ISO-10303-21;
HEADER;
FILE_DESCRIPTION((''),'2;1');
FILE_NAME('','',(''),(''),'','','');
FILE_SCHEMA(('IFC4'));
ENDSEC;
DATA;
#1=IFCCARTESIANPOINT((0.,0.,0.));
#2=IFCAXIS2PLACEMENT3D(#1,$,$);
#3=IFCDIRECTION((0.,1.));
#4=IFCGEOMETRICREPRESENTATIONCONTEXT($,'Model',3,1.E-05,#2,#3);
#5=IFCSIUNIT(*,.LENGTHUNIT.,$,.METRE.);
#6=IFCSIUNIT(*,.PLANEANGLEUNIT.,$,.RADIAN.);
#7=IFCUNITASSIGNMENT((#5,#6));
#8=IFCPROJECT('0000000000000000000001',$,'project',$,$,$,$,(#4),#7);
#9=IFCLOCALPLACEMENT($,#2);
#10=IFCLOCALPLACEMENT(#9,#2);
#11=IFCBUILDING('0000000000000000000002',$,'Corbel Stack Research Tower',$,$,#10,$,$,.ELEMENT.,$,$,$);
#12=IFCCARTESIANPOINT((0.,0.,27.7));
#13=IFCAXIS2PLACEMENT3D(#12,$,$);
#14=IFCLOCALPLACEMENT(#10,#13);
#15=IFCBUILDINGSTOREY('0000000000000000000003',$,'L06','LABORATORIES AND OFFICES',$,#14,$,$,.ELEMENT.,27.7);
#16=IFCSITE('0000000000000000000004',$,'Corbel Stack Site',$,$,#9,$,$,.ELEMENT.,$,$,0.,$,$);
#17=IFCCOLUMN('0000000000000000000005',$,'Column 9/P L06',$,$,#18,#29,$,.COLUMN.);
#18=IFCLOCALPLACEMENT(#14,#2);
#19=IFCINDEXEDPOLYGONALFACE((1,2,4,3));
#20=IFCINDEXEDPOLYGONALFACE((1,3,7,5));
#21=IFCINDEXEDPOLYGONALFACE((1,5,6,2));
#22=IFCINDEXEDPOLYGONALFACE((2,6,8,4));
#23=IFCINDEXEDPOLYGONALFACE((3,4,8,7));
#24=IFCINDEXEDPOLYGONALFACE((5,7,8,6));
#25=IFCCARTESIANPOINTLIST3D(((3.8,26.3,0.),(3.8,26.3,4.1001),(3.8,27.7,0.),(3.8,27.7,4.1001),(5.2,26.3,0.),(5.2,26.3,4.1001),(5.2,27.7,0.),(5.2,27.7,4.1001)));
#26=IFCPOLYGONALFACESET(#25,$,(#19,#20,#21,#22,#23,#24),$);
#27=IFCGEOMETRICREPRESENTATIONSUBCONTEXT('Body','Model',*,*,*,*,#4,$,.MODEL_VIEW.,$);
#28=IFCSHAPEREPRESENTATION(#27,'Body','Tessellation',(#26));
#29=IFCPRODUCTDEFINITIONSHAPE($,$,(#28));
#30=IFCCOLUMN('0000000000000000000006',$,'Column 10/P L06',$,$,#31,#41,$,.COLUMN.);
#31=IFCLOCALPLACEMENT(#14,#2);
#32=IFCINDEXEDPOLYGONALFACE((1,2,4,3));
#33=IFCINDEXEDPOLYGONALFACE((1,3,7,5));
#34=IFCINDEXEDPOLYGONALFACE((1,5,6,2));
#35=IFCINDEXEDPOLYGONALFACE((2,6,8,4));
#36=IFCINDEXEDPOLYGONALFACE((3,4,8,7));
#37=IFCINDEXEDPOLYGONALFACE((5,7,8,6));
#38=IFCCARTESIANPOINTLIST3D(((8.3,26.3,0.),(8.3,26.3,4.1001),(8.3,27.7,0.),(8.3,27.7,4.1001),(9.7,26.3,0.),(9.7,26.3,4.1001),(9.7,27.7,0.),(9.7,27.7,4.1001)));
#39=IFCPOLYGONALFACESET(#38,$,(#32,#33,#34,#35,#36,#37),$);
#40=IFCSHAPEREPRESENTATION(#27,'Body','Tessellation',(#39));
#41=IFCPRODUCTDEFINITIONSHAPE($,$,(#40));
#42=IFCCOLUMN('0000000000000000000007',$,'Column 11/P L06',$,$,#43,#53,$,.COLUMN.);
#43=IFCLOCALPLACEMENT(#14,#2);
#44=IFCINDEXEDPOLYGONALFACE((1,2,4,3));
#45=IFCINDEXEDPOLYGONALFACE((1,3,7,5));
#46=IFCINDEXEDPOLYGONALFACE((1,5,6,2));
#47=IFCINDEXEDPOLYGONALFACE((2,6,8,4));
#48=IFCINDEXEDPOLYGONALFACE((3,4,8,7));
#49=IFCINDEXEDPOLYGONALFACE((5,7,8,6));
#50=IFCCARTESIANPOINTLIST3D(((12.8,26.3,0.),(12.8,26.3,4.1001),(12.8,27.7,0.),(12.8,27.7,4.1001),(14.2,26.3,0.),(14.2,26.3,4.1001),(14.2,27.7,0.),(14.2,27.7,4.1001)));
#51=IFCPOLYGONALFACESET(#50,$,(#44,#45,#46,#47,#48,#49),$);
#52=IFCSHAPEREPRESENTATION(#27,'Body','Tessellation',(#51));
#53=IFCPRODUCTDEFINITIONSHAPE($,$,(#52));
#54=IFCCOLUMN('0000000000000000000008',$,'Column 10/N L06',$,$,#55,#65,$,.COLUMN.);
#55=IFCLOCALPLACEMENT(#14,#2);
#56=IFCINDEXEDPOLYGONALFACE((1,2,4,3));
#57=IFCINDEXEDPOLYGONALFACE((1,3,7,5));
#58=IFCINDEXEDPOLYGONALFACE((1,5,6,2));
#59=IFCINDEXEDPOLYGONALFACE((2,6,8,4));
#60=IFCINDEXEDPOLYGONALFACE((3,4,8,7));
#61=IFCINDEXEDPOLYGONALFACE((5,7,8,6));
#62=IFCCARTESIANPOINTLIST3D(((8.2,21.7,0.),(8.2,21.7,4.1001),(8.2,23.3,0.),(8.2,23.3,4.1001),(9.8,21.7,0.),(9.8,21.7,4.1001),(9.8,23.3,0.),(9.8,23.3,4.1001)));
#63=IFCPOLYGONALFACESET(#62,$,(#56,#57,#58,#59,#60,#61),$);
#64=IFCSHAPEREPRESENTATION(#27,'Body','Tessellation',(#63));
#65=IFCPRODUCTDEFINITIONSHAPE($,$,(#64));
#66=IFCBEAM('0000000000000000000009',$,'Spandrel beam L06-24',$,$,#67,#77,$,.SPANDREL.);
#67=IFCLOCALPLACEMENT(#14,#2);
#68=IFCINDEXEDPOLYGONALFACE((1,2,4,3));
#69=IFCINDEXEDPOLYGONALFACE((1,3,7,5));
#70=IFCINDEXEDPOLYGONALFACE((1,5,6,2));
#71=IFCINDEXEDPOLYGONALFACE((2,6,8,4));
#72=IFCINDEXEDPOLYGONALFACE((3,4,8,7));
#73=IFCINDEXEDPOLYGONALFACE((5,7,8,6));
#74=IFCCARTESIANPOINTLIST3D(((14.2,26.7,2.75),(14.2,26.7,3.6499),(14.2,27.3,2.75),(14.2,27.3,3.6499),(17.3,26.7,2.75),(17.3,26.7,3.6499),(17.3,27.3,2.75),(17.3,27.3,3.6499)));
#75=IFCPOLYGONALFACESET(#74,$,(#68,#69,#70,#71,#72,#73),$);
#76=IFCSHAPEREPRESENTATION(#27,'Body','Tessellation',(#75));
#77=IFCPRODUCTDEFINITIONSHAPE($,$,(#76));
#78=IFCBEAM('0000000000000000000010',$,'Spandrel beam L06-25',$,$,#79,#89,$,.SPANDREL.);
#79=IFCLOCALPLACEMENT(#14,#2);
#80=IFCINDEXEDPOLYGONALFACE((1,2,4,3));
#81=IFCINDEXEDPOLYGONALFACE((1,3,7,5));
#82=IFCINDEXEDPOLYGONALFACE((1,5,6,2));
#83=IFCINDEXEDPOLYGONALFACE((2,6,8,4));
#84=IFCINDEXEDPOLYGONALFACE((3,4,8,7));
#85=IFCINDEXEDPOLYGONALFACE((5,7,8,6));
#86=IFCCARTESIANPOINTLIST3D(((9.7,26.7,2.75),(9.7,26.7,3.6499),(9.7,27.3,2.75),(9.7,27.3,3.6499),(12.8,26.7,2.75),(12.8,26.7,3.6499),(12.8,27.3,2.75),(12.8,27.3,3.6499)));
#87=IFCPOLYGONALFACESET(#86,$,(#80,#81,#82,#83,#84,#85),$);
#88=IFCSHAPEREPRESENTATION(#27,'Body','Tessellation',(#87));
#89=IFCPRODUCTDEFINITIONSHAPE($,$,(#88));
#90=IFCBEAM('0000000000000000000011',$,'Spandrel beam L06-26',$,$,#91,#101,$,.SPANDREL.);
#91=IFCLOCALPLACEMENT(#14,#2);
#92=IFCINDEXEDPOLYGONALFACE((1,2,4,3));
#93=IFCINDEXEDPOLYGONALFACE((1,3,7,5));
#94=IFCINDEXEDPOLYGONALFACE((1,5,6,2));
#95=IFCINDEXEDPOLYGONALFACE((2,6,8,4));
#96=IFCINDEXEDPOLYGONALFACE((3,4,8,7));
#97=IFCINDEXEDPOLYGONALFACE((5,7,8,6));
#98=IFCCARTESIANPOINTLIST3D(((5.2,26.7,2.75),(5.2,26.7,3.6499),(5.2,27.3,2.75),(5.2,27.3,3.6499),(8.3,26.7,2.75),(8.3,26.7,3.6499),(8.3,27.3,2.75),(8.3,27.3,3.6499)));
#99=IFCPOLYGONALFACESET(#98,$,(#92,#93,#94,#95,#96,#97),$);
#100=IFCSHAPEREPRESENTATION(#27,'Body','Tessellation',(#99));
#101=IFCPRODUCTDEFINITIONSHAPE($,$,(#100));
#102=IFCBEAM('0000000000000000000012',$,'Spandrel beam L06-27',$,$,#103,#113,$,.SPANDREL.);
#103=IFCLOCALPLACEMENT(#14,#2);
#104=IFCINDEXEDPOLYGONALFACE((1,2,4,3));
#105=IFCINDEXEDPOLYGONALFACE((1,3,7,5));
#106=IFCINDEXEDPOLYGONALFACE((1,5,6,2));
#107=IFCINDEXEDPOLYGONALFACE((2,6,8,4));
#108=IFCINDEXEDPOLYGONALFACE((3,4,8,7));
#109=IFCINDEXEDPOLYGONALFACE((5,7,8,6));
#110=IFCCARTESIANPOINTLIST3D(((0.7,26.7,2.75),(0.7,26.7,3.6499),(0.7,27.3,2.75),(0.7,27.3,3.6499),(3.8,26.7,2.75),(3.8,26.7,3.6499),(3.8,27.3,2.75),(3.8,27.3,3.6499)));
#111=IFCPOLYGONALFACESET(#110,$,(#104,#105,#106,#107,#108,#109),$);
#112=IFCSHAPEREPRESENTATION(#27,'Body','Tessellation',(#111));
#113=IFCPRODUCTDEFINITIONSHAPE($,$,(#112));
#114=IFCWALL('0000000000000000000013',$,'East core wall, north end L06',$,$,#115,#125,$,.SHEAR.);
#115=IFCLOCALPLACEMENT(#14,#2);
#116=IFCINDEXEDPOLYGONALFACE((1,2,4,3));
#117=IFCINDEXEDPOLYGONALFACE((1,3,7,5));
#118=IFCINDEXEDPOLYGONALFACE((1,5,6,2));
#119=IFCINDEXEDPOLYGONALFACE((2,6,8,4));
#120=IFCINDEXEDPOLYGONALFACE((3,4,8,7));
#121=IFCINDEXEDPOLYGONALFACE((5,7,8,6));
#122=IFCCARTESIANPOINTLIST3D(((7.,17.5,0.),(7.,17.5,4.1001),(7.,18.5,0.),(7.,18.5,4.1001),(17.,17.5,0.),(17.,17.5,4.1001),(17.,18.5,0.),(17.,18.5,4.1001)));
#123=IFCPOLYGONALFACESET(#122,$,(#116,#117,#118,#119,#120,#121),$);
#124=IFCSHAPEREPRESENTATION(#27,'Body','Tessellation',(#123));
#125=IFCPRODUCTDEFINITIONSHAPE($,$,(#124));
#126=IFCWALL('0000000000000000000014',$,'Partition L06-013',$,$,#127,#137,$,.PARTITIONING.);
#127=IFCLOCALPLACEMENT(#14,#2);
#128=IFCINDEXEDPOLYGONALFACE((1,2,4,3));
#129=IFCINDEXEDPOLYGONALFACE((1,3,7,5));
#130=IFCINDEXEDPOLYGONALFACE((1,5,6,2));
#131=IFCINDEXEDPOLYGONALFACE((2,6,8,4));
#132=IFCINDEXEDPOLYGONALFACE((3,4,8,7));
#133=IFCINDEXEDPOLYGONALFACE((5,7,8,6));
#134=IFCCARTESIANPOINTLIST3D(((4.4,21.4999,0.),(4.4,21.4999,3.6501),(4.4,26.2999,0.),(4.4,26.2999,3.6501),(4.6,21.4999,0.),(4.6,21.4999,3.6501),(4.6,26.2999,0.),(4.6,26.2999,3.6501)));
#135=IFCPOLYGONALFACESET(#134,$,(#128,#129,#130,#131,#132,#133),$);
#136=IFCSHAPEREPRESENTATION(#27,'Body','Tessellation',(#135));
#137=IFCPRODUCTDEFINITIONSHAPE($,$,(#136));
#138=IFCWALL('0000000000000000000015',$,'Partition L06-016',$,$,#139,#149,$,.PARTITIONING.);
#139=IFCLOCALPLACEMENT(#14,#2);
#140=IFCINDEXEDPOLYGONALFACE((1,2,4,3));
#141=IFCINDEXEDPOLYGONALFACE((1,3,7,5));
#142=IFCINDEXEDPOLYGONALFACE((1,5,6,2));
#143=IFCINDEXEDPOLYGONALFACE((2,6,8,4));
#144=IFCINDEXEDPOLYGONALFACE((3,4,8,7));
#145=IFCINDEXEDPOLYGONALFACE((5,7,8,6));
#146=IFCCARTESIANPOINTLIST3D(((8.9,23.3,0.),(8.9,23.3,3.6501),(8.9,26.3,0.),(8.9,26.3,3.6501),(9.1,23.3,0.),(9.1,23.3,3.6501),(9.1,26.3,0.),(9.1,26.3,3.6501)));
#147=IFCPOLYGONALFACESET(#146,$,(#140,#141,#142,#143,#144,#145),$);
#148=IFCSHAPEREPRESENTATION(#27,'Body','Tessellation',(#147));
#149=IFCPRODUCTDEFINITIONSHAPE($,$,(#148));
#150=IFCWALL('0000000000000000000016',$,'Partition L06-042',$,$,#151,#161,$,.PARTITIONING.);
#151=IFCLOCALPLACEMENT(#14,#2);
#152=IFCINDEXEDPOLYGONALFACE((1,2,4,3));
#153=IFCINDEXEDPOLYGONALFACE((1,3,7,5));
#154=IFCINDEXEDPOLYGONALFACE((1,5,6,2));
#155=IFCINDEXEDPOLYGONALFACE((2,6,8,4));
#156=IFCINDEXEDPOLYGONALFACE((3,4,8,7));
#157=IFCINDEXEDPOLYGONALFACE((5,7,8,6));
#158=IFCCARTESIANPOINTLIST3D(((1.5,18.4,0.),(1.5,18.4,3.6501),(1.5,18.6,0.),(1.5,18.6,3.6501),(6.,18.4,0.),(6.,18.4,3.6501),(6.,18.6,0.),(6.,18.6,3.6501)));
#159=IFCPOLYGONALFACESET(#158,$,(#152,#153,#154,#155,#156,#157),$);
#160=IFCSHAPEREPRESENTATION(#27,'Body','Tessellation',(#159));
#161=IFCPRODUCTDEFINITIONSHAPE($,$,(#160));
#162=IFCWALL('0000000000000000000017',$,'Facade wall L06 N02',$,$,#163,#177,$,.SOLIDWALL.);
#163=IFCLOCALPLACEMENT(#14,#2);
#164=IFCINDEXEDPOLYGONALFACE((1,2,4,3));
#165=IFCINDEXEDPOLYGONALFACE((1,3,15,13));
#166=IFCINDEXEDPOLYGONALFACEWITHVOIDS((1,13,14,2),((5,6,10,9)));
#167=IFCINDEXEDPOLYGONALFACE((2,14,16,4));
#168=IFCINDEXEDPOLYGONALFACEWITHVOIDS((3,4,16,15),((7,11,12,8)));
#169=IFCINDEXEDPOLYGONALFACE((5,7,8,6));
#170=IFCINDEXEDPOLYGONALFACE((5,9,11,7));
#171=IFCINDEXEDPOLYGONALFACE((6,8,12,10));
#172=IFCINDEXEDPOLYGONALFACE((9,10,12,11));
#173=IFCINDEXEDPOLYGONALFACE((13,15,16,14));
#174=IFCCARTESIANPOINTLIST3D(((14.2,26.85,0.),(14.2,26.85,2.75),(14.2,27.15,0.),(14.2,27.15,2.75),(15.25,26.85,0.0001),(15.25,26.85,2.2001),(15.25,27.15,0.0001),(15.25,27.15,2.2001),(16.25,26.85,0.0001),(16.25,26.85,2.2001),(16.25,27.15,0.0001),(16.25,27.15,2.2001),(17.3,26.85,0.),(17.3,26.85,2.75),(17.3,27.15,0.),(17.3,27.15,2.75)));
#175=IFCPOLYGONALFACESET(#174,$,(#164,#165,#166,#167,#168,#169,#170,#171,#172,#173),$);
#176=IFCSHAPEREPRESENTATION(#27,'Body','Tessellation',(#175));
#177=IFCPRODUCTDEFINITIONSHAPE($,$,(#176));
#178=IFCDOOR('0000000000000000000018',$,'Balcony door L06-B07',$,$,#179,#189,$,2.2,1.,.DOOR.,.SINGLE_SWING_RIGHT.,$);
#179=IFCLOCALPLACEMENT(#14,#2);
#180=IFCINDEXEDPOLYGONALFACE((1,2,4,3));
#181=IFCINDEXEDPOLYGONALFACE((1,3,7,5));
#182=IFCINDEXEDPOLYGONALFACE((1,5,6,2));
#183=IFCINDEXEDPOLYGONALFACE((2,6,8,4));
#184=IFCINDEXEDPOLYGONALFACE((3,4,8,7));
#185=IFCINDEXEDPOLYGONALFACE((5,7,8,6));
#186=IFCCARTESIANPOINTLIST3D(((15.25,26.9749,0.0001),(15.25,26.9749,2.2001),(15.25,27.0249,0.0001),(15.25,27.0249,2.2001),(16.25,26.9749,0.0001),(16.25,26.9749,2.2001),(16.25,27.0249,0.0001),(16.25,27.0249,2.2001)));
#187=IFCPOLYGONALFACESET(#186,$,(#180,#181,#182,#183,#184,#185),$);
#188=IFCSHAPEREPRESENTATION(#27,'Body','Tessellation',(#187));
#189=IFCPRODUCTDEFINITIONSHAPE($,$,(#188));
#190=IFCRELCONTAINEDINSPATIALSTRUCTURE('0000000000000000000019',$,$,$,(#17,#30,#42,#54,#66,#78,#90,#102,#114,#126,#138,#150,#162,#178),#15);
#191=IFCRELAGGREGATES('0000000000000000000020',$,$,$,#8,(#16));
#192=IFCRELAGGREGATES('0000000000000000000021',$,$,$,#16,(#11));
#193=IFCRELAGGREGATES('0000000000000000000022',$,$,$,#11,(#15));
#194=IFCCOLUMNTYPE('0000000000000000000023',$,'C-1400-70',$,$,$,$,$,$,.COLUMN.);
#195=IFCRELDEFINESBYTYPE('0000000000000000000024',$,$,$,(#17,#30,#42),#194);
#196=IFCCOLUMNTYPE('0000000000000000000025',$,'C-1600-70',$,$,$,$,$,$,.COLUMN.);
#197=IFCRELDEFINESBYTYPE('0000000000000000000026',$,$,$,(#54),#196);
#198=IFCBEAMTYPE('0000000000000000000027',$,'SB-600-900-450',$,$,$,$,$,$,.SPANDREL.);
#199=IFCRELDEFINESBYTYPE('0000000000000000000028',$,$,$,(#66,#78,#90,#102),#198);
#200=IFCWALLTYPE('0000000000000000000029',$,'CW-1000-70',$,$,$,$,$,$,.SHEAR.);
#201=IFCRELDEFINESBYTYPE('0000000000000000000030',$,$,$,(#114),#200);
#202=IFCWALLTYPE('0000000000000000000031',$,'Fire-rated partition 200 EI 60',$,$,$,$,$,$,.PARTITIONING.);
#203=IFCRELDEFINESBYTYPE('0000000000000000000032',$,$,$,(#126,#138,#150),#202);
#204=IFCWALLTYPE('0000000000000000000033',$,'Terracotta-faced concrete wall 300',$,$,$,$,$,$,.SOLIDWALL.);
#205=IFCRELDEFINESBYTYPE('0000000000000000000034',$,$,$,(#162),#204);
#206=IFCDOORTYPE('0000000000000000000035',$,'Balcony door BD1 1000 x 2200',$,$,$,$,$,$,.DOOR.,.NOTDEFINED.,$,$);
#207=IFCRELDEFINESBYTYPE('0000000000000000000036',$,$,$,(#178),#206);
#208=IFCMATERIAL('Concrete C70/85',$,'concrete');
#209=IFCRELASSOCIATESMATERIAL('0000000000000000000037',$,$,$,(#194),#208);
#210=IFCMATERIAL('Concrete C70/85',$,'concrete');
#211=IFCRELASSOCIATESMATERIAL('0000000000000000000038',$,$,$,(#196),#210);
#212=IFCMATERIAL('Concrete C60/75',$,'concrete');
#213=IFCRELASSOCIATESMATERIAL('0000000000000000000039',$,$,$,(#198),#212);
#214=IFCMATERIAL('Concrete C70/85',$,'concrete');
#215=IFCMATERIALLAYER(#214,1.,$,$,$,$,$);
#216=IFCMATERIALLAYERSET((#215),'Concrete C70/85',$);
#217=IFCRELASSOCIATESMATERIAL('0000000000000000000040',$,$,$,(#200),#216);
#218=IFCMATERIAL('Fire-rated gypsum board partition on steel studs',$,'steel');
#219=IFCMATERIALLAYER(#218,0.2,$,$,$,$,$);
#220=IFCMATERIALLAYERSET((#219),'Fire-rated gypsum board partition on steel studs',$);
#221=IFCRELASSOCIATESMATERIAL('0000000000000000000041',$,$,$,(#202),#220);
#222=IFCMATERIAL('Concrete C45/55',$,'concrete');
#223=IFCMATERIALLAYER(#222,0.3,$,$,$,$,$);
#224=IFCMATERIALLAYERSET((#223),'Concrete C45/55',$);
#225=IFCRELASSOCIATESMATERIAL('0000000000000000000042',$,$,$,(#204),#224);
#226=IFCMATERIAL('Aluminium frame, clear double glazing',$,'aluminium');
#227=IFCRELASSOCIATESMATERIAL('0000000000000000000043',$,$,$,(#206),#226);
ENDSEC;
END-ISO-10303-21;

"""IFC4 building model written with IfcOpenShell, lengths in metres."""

from ifc_helpers import new_model, si_unit, direction, frame, frame_2d, origin, origin_2d, place, context, subcontext, project, spatial, rectangle, extrude, material, layer, layer_set, material_profile, profile_set, type_object, element, fill, save


model = new_model("IFC4")

# Units and contexts
model_context = context("Model", 3, precision=1e-05, world=origin(), true_north=direction((0.0, 1.0)))
body_context = subcontext(model_context, "Body", "Model", "MODEL_VIEW")
ifc_project = project(units=[si_unit("LENGTHUNIT", "METRE"), si_unit("PLANEANGLEUNIT", "RADIAN")], contexts=[model_context])

# Site, building, storey
site_placement = place(None, origin())
site = spatial("IfcSite", under=ifc_project, at=site_placement, Name="Corbel Stack Site", CompositionType="ELEMENT", RefElevation=0.0)
building_placement = place(site_placement, origin())
building = spatial("IfcBuilding", under=site, at=building_placement, Name="Corbel Stack Research Tower", CompositionType="ELEMENT")
storey_placement = place(building_placement, frame((0.0, 0.0, 27.7)))
storey = spatial("IfcBuildingStorey", under=building, at=storey_placement, Name="L06", Description="LABORATORIES AND OFFICES", CompositionType="ELEMENT", Elevation=27.7)

# Columns
ifc_material_1 = material(Name="Concrete C70/85", Category="concrete")
ifc_material_profile_1 = material_profile(ifc_material_1, rectangle(XDim=1.3999, YDim=1.3999, at=origin_2d()), Name="RC 1400 x 1400")
ifc_profile_set_1 = profile_set([ifc_material_profile_1], Name="Concrete C70/85")
column_type_1 = type_object("IfcColumnType", Name="C-1400-70", PredefinedType="COLUMN", material=ifc_profile_set_1)
for number, where, z_axis, x_axis, name in (
    (1, (4.5, 27.0, 0.0), (0.0, 0.0, 1.0), (1.0, 0.0, 0.0), "Column 9/P L06"),
    (2, (9.0, 27.0, 0.0), (0.0, 0.0, 1.0), (1.0, 0.0, 0.0), "Column 10/P L06"),
    (3, (13.5, 27.0, 0.0), (0.0, 0.0, 1.0), (1.0, 0.0, 0.0), "Column 11/P L06"),
):
    element("IfcColumn", number, at=place(storey_placement, frame(where, z_axis=z_axis, x_axis=x_axis)), inside=storey, type_object=column_type_1, Name=name, PredefinedType="COLUMN", context=body_context, shape_type="SweptSolid", body=[
        extrude(rectangle(XDim=1.3999, YDim=1.3999, at=origin_2d()), origin(), (0.0, 0.0, 1.0), 4.1001),
    ])
ifc_material_2 = material(Name="Concrete C70/85", Category="concrete")
ifc_material_profile_2 = material_profile(ifc_material_2, rectangle(XDim=1.6001, YDim=1.6001, at=origin_2d()), Name="RC 1600 x 1600")
ifc_profile_set_2 = profile_set([ifc_material_profile_2], Name="Concrete C70/85")
column_type_2 = type_object("IfcColumnType", Name="C-1600-70", PredefinedType="COLUMN", material=ifc_profile_set_2)
column_placement = place(storey_placement, frame((9.0, 22.5, 0.0), z_axis=(0.0, 0.0, 1.0), x_axis=(1.0, 0.0, 0.0)))
element("IfcColumn", 4, at=column_placement, inside=storey, type_object=column_type_2, Name="Column 10/N L06", PredefinedType="COLUMN", context=body_context, shape_type="SweptSolid", body=[
    extrude(rectangle(XDim=1.6001, YDim=1.6001, at=origin_2d()), origin(), (0.0, 0.0, 1.0), 4.1001),
])

# Beams
ifc_material_3 = material(Name="Concrete C60/75", Category="concrete")
ifc_material_profile_3 = material_profile(ifc_material_3, rectangle(XDim=0.6001, YDim=0.8999, at=origin_2d()), Name="RC 600 x 900")
ifc_profile_set_3 = profile_set([ifc_material_profile_3], Name="Concrete C60/75")
beam_type = type_object("IfcBeamType", Name="SB-600-900-450", PredefinedType="SPANDREL", material=ifc_profile_set_3)
for number, where, z_axis, x_axis, name in (
    (5, (17.3, 27.0, 3.2), (-1.0, 0.0, 0.0), (0.0, -1.0, 0.0), "Spandrel beam L06-24"),
    (6, (12.8, 27.0, 3.2), (-1.0, 0.0, 0.0), (0.0, -1.0, 0.0), "Spandrel beam L06-25"),
    (7, (8.3, 27.0, 3.2), (-1.0, 0.0, 0.0), (0.0, -1.0, 0.0), "Spandrel beam L06-26"),
    (8, (3.8, 27.0, 3.2), (-1.0, 0.0, 0.0), (0.0, -1.0, 0.0), "Spandrel beam L06-27"),
):
    element("IfcBeam", number, at=place(storey_placement, frame(where, z_axis=z_axis, x_axis=x_axis)), inside=storey, type_object=beam_type, Name=name, PredefinedType="SPANDREL", context=body_context, shape_type="SweptSolid", body=[
        extrude(rectangle(XDim=0.6001, YDim=0.8999, at=origin_2d()), origin(), (0.0, 0.0, 1.0), 3.1001),
    ])

# Walls
ifc_material_4 = material(Name="Concrete C70/85", Category="concrete")
ifc_layer_1 = layer(ifc_material_4, 1.0)
ifc_layer_set_1 = layer_set([ifc_layer_1], Name="Concrete C70/85")
wall_type_1 = type_object("IfcWallType", Name="CW-1000-70", PredefinedType="SHEAR", material=ifc_layer_set_1)
wall_1_placement = place(storey_placement, frame((7.0, 18.0, 0.0), z_axis=(0.0, 0.0, 1.0), x_axis=(1.0, 0.0, 0.0)))
element("IfcWall", 9, at=wall_1_placement, inside=storey, type_object=wall_type_1, Name="East core wall, north end L06", PredefinedType="SHEAR", context=body_context, shape_type="SweptSolid", body=[
    extrude(rectangle(XDim=10.0, YDim=1.0, at=frame_2d((5.0, 0.0))), origin(), (0.0, 0.0, 1.0), 4.1001),
])
ifc_material_5 = material(Name="Fire-rated gypsum board partition on steel studs", Category="steel")
ifc_layer_2 = layer(ifc_material_5, 0.2)
ifc_layer_set_2 = layer_set([ifc_layer_2], Name="Fire-rated gypsum board partition on steel studs")
wall_type_2 = type_object("IfcWallType", Name="Fire-rated partition 200 EI 60", PredefinedType="PARTITIONING", material=ifc_layer_set_2)
wall_2_placement = place(storey_placement, frame((4.5, 21.5, 0.0), z_axis=(0.0, 0.0, 1.0), x_axis=(0.0, 1.0, 0.0)))
element("IfcWall", 10, at=wall_2_placement, inside=storey, type_object=wall_type_2, Name="Partition L06-013", PredefinedType="PARTITIONING", context=body_context, shape_type="SweptSolid", body=[
    extrude(rectangle(XDim=4.8, YDim=0.2, at=frame_2d((2.3999, 0.0))), origin(), (0.0, 0.0, 1.0), 3.6501),
])
wall_3_placement = place(storey_placement, frame((9.0, 23.3, 0.0), z_axis=(0.0, 0.0, 1.0), x_axis=(0.0, 1.0, 0.0)))
element("IfcWall", 11, at=wall_3_placement, inside=storey, type_object=wall_type_2, Name="Partition L06-016", PredefinedType="PARTITIONING", context=body_context, shape_type="SweptSolid", body=[
    extrude(rectangle(XDim=3.0, YDim=0.2, at=frame_2d((1.5, 0.0))), origin(), (0.0, 0.0, 1.0), 3.6501),
])
wall_4_placement = place(storey_placement, frame((1.5, 18.5, 0.0), z_axis=(0.0, 0.0, 1.0), x_axis=(1.0, 0.0, 0.0)))
element("IfcWall", 12, at=wall_4_placement, inside=storey, type_object=wall_type_2, Name="Partition L06-042", PredefinedType="PARTITIONING", context=body_context, shape_type="SweptSolid", body=[
    extrude(rectangle(XDim=4.5, YDim=0.2, at=frame_2d((2.25, 0.0))), origin(), (0.0, 0.0, 1.0), 3.6501),
])

# Wall, opening, door
ifc_material_6 = material(Name="Concrete C45/55", Category="concrete")
ifc_layer_3 = layer(ifc_material_6, 0.3)
ifc_layer_set_3 = layer_set([ifc_layer_3], Name="Concrete C45/55")
wall_type_3 = type_object("IfcWallType", Name="Terracotta-faced concrete wall 300", PredefinedType="SOLIDWALL", material=ifc_layer_set_3)
wall_5_placement = place(storey_placement, frame((14.2, 27.0, 0.0), z_axis=(0.0, 0.0, 1.0), x_axis=(1.0, 0.0, 0.0)))
wall_5 = element("IfcWall", 13, at=wall_5_placement, inside=storey, type_object=wall_type_3, Name="Facade wall L06 N02", PredefinedType="SOLIDWALL", context=body_context, shape_type="SweptSolid", body=[
    extrude(rectangle(XDim=3.1001, YDim=0.3, at=frame_2d((1.55, 0.0))), origin(), (0.0, 0.0, 1.0), 2.75),
])
opening_1_placement = place(wall_5_placement, frame((1.05, 0.0, 0.0)))
opening_1 = element("IfcOpeningElement", 14, at=opening_1_placement, cuts=wall_5, PredefinedType="OPENING", context=body_context, shape_type="SweptSolid", body=[
    extrude(rectangle(XDim=1.0, YDim=2.2, at=frame_2d((0.5, 1.1001))), frame((0.0, 0.1599, 0.0), z_axis=(0.0, -1.0, 0.0), x_axis=(1.0, 0.0, 0.0)), (0.0, 0.0, 1.0), 0.3201),
])
ifc_material_7 = material(Name="Aluminium frame, clear double glazing", Category="aluminium")
door_type = type_object("IfcDoorType", Name="Balcony door BD1 1000 x 2200", OperationType="NOTDEFINED", PredefinedType="DOOR", material=ifc_material_7)
door_placement = place(opening_1_placement, origin())
door = element("IfcDoor", 15, at=door_placement, inside=storey, type_object=door_type, Name="Balcony door L06-B07", OperationType="SINGLE_SWING_RIGHT", OverallHeight=2.2, OverallWidth=1.0, PredefinedType="DOOR", context=body_context, shape_type="SweptSolid", body=[
    extrude(rectangle(XDim=1.0, YDim=2.2, at=frame_2d((0.5, 1.1001))), frame((0.0, 0.0249, 0.0), z_axis=(0.0, -1.0, 0.0), x_axis=(1.0, 0.0, 0.0)), (0.0, 0.0, 1.0), 0.05),
])
fill(opening_1, door)

save(model, "model.ifc")
